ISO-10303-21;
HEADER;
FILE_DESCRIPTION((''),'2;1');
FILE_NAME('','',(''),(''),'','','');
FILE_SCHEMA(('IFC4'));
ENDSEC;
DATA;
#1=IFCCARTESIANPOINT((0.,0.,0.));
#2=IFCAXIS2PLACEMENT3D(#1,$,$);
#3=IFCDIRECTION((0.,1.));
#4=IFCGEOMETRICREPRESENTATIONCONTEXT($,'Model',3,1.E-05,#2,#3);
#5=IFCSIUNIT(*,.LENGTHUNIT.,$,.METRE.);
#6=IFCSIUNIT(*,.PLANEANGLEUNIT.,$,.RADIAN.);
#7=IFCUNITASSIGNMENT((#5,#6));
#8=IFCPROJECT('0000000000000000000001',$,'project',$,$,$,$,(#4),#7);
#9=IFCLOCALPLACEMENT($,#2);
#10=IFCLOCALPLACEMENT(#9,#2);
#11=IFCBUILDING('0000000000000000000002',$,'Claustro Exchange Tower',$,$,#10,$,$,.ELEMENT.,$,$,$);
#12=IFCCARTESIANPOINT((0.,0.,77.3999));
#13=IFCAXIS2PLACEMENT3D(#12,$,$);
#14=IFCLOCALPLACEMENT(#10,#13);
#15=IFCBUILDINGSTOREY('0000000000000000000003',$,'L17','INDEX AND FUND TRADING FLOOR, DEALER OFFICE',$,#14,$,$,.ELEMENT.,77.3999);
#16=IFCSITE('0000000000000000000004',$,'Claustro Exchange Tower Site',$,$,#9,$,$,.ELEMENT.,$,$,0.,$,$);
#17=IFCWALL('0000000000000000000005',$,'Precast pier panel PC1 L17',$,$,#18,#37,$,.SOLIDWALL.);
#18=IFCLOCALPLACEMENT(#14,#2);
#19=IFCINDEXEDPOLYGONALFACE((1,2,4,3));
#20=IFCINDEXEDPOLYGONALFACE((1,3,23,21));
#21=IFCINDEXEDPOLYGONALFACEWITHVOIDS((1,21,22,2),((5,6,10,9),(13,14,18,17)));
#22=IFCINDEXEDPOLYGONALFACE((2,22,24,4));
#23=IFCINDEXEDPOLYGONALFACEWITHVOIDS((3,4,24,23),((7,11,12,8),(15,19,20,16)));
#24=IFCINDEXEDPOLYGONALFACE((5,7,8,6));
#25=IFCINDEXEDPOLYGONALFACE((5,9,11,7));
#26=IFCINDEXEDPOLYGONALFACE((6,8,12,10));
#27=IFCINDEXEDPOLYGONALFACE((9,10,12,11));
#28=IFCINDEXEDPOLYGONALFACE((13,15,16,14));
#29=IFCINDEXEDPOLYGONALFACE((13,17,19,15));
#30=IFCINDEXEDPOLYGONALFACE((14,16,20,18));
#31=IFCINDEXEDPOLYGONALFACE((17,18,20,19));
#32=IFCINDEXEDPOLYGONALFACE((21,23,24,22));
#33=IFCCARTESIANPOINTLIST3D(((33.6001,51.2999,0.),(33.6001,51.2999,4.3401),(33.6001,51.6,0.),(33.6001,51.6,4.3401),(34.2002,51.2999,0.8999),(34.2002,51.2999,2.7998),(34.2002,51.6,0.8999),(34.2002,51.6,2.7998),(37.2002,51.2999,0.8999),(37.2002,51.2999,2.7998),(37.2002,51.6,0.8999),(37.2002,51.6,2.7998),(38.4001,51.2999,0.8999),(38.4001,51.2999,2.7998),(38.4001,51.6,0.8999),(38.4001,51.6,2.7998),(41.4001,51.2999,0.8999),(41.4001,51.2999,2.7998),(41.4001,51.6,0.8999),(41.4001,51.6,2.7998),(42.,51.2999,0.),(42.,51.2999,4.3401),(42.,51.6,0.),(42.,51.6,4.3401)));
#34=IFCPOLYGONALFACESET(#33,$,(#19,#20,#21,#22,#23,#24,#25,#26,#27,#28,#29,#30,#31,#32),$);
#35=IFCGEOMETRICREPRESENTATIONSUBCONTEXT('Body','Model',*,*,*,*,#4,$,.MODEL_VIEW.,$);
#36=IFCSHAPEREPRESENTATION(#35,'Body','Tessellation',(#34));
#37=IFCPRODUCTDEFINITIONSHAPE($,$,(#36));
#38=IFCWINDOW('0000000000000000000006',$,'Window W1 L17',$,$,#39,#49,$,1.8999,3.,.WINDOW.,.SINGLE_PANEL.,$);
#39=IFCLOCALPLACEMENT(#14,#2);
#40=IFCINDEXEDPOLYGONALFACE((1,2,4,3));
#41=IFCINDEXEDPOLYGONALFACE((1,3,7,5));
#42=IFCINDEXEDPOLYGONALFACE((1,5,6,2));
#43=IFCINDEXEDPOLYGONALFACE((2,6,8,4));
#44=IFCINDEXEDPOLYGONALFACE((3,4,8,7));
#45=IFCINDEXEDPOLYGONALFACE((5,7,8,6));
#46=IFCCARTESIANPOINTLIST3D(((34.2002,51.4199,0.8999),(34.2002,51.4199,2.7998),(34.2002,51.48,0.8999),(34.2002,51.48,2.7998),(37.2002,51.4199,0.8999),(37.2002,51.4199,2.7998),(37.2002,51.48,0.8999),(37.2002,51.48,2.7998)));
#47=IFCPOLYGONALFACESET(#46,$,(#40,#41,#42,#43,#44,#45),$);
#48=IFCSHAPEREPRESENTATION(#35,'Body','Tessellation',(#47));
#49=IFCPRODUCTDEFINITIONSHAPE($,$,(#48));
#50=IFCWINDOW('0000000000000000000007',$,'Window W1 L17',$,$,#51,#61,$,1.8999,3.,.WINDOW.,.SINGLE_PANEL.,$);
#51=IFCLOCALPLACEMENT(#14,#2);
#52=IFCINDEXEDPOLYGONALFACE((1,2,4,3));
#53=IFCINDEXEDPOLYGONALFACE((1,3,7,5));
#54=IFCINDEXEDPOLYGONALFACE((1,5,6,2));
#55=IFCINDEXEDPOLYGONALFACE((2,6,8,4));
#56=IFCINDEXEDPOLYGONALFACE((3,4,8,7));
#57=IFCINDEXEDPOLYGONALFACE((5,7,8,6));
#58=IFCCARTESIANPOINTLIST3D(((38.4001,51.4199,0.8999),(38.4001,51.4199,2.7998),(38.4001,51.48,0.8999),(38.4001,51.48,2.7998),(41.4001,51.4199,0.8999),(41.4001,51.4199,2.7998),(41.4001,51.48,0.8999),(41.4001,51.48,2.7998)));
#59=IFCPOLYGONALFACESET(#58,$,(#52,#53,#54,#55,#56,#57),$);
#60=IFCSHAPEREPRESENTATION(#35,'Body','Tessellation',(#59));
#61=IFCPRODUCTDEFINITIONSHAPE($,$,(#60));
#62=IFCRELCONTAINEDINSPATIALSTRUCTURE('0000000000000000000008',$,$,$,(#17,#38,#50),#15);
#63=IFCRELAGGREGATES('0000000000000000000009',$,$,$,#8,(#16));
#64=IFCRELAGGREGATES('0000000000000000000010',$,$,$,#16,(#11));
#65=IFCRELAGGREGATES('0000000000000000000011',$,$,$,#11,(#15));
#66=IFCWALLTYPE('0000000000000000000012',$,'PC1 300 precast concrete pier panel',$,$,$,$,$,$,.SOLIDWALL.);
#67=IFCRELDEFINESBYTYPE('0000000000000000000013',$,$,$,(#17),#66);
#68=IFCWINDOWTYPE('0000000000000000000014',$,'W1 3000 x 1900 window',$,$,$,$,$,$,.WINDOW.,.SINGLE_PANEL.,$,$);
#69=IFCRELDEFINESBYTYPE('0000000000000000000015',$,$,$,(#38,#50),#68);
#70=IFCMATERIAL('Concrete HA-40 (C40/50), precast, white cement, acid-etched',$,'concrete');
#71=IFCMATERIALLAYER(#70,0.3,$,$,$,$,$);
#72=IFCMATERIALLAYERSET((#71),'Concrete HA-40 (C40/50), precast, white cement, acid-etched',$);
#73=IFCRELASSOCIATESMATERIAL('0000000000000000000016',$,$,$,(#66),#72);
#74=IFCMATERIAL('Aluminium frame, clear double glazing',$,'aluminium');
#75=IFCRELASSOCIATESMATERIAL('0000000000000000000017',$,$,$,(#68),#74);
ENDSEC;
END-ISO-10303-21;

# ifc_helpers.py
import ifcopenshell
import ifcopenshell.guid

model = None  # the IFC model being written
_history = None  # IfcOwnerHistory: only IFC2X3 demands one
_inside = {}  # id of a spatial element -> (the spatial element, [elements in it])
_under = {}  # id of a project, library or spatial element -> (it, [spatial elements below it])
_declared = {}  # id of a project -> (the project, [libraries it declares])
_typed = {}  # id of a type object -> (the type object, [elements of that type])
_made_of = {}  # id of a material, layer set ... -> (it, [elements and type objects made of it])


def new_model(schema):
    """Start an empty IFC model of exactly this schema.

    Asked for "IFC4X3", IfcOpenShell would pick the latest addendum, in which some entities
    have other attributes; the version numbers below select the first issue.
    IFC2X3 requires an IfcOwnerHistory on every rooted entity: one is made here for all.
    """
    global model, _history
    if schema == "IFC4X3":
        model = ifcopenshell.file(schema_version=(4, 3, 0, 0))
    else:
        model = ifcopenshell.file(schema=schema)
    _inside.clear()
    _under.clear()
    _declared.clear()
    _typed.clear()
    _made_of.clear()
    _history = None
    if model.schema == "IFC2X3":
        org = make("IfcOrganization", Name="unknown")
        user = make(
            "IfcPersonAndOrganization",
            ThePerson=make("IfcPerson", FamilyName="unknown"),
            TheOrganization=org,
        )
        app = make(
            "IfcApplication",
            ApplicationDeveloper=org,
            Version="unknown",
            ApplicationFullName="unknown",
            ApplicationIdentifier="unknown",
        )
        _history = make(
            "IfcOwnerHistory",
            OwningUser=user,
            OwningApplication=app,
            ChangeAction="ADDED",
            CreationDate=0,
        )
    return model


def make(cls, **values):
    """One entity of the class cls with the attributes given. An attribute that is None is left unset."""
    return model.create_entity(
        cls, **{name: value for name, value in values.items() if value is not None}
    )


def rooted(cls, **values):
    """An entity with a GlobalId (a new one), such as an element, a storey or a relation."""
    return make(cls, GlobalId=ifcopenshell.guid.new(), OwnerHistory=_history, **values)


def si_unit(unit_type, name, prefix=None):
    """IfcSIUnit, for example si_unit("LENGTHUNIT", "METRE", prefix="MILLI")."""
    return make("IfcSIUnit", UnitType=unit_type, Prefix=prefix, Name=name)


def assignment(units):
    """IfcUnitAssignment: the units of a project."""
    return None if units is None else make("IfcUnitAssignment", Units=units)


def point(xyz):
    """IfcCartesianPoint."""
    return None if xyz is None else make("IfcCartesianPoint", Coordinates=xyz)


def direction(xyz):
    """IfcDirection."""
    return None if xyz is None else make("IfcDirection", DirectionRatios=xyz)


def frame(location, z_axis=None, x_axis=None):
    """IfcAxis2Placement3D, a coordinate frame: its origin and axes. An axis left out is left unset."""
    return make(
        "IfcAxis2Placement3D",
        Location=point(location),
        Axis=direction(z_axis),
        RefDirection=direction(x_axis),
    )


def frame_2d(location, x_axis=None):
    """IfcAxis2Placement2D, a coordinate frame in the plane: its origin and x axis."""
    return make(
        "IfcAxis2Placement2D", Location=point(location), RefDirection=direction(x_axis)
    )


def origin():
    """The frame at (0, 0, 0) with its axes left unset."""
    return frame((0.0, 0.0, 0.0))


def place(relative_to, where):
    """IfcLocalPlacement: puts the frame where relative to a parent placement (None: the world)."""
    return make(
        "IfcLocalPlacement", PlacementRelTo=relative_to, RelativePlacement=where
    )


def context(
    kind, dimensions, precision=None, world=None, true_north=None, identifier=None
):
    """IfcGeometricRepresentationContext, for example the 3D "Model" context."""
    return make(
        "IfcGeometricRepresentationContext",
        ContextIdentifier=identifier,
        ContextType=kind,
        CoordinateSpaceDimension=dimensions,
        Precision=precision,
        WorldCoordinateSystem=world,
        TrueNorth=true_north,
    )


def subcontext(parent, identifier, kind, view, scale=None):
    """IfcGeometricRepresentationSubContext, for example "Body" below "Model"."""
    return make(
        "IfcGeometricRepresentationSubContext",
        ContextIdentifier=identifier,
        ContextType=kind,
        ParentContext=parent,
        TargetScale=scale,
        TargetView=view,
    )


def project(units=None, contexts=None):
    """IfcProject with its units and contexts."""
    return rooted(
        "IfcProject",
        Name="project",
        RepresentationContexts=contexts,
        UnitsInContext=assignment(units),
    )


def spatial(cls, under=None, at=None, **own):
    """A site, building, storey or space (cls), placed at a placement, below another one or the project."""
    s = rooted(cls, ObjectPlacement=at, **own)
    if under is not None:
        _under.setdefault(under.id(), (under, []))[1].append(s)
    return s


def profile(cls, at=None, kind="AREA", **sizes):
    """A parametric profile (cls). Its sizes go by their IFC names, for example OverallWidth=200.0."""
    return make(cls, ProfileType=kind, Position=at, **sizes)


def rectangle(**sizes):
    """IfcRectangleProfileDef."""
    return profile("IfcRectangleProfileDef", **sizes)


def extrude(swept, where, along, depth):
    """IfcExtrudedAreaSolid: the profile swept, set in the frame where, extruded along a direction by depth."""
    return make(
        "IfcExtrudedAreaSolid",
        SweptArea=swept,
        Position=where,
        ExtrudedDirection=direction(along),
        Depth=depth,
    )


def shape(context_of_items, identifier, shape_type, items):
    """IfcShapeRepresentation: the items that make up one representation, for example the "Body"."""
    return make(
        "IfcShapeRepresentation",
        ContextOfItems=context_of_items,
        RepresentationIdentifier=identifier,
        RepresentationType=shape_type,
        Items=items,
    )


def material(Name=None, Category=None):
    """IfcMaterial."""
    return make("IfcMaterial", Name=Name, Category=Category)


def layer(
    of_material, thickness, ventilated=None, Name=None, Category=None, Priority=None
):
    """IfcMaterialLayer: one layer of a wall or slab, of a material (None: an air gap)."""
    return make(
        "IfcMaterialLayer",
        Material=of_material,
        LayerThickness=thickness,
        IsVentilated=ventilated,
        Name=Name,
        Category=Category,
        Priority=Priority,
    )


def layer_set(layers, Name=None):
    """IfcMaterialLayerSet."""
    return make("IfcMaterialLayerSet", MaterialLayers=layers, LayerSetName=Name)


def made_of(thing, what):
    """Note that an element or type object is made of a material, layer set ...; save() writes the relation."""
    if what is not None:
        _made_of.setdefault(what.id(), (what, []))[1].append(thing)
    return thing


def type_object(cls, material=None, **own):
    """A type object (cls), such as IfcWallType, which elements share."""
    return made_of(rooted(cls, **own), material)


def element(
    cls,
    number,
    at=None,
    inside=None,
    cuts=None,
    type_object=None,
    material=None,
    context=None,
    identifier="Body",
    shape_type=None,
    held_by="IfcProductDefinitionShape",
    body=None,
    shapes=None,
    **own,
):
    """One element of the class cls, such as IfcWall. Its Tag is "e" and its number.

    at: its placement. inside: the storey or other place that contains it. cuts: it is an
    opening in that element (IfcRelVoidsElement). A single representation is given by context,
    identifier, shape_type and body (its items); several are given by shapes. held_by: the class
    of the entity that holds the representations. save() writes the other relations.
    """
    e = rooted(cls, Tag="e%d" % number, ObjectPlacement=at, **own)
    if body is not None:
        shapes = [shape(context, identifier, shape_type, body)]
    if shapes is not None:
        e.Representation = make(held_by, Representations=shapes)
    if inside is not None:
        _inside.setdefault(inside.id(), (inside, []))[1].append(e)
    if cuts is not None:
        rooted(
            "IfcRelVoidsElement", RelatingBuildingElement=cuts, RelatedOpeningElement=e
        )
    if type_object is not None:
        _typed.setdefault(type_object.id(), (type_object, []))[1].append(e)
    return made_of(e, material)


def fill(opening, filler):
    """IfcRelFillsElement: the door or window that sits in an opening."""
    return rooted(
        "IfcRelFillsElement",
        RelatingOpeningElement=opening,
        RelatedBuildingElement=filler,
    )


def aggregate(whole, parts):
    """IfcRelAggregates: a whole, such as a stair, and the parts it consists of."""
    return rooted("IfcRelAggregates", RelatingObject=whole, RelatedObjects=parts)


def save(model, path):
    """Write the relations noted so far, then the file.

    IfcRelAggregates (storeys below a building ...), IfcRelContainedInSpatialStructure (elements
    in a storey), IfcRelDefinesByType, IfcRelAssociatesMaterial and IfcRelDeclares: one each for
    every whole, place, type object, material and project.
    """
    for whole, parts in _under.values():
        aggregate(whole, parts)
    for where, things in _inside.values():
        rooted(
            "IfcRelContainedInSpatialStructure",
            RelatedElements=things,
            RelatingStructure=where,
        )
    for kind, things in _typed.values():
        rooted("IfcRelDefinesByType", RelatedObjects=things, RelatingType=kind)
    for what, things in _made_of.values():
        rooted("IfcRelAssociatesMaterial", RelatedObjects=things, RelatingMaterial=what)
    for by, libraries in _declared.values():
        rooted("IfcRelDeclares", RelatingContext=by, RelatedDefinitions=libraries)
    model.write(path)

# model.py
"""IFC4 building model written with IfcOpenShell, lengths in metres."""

from ifc_helpers import new_model, si_unit, direction, frame, frame_2d, origin, place, context, subcontext, project, spatial, rectangle, extrude, material, layer, layer_set, type_object, element, fill, save


model = new_model("IFC4")

# Units and contexts
model_context = context("Model", 3, precision=1e-05, world=origin(), true_north=direction((0.0, 1.0)))
body_context = subcontext(model_context, "Body", "Model", "MODEL_VIEW")
ifc_project = project(units=[si_unit("LENGTHUNIT", "METRE"), si_unit("PLANEANGLEUNIT", "RADIAN")], contexts=[model_context])

# Site, building, storey
site_placement = place(None, origin())
site = spatial("IfcSite", under=ifc_project, at=site_placement, Name="Claustro Exchange Tower Site", CompositionType="ELEMENT", RefElevation=0.0)
building_placement = place(site_placement, origin())
building = spatial("IfcBuilding", under=site, at=building_placement, Name="Claustro Exchange Tower", CompositionType="ELEMENT")
storey_placement = place(building_placement, frame((0.0, 0.0, 77.3999)))
storey = spatial("IfcBuildingStorey", under=building, at=storey_placement, Name="L17", Description="INDEX AND FUND TRADING FLOOR, DEALER OFFICE", CompositionType="ELEMENT", Elevation=77.3999)

# Wall, openings, windows
ifc_material_1 = material(Name="Concrete HA-40 (C40/50), precast, white cement, acid-etched", Category="concrete")
ifc_layer_1 = layer(ifc_material_1, 0.3)
ifc_layer_set_1 = layer_set([ifc_layer_1], Name="Concrete HA-40 (C40/50), precast, white cement, acid-etched")
wall_type_1 = type_object("IfcWallType", Name="PC1 300 precast concrete pier panel", PredefinedType="SOLIDWALL", material=ifc_layer_set_1)
ifc_material_2 = material(Name="Aluminium frame, clear double glazing", Category="aluminium")
window_type = type_object("IfcWindowType", Name="W1 3000 x 1900 window", PartitioningType="SINGLE_PANEL", PredefinedType="WINDOW", material=ifc_material_2)
wall_1_placement = place(storey_placement, frame((33.6001, 51.45, 0.0), z_axis=(0.0, 0.0, 1.0), x_axis=(1.0, 0.0, 0.0)))
wall_1 = element("IfcWall", 1, at=wall_1_placement, inside=storey, type_object=wall_type_1, Name="Precast pier panel PC1 L17", PredefinedType="SOLIDWALL", context=body_context, shape_type="SweptSolid", body=[
    extrude(rectangle(XDim=8.3999, YDim=0.3, at=frame_2d((4.2, 0.0))), origin(), (0.0, 0.0, 1.0), 4.3401),
])
opening_1_placement = place(wall_1_placement, frame((0.6001, 0.0, 0.8999)))
opening_1 = element("IfcOpeningElement", 2, at=opening_1_placement, cuts=wall_1, PredefinedType="OPENING", context=body_context, shape_type="SweptSolid", body=[
    extrude(rectangle(XDim=3.0, YDim=1.8999, at=frame_2d((1.5, 0.95))), frame((0.0, 0.1599, 0.0), z_axis=(0.0, -1.0, 0.0), x_axis=(1.0, 0.0, 0.0)), (0.0, 0.0, 1.0), 0.3201),
])
opening_2_placement = place(wall_1_placement, frame((4.8, 0.0, 0.8999)))
opening_2 = element("IfcOpeningElement", 3, at=opening_2_placement, cuts=wall_1, PredefinedType="OPENING", context=body_context, shape_type="SweptSolid", body=[
    extrude(rectangle(XDim=3.0, YDim=1.8999, at=frame_2d((1.5, 0.95))), frame((0.0, 0.1599, 0.0), z_axis=(0.0, -1.0, 0.0), x_axis=(1.0, 0.0, 0.0)), (0.0, 0.0, 1.0), 0.3201),
])
window_1_placement = place(opening_1_placement, origin())
window_1 = element("IfcWindow", 4, at=window_1_placement, inside=storey, type_object=window_type, Name="Window W1 L17", OverallHeight=1.8999, OverallWidth=3.0, PartitioningType="SINGLE_PANEL", PredefinedType="WINDOW", context=body_context, shape_type="SweptSolid", body=[
    extrude(rectangle(XDim=3.0, YDim=1.8999, at=frame_2d((1.5, 0.95))), frame((0.0, 0.03, 0.0), z_axis=(0.0, -1.0, 0.0), x_axis=(1.0, 0.0, 0.0)), (0.0, 0.0, 1.0), 0.0601),
])
fill(opening_1, window_1)
window_2_placement = place(opening_2_placement, origin())
window_2 = element("IfcWindow", 5, at=window_2_placement, inside=storey, type_object=window_type, Name="Window W1 L17", OverallHeight=1.8999, OverallWidth=3.0, PartitioningType="SINGLE_PANEL", PredefinedType="WINDOW", context=body_context, shape_type="SweptSolid", body=[
    extrude(rectangle(XDim=3.0, YDim=1.8999, at=frame_2d((1.5, 0.95))), frame((0.0, 0.03, 0.0), z_axis=(0.0, -1.0, 0.0), x_axis=(1.0, 0.0, 0.0)), (0.0, 0.0, 1.0), 0.0601),
])
fill(opening_2, window_2)

save(model, "model.ifc")
